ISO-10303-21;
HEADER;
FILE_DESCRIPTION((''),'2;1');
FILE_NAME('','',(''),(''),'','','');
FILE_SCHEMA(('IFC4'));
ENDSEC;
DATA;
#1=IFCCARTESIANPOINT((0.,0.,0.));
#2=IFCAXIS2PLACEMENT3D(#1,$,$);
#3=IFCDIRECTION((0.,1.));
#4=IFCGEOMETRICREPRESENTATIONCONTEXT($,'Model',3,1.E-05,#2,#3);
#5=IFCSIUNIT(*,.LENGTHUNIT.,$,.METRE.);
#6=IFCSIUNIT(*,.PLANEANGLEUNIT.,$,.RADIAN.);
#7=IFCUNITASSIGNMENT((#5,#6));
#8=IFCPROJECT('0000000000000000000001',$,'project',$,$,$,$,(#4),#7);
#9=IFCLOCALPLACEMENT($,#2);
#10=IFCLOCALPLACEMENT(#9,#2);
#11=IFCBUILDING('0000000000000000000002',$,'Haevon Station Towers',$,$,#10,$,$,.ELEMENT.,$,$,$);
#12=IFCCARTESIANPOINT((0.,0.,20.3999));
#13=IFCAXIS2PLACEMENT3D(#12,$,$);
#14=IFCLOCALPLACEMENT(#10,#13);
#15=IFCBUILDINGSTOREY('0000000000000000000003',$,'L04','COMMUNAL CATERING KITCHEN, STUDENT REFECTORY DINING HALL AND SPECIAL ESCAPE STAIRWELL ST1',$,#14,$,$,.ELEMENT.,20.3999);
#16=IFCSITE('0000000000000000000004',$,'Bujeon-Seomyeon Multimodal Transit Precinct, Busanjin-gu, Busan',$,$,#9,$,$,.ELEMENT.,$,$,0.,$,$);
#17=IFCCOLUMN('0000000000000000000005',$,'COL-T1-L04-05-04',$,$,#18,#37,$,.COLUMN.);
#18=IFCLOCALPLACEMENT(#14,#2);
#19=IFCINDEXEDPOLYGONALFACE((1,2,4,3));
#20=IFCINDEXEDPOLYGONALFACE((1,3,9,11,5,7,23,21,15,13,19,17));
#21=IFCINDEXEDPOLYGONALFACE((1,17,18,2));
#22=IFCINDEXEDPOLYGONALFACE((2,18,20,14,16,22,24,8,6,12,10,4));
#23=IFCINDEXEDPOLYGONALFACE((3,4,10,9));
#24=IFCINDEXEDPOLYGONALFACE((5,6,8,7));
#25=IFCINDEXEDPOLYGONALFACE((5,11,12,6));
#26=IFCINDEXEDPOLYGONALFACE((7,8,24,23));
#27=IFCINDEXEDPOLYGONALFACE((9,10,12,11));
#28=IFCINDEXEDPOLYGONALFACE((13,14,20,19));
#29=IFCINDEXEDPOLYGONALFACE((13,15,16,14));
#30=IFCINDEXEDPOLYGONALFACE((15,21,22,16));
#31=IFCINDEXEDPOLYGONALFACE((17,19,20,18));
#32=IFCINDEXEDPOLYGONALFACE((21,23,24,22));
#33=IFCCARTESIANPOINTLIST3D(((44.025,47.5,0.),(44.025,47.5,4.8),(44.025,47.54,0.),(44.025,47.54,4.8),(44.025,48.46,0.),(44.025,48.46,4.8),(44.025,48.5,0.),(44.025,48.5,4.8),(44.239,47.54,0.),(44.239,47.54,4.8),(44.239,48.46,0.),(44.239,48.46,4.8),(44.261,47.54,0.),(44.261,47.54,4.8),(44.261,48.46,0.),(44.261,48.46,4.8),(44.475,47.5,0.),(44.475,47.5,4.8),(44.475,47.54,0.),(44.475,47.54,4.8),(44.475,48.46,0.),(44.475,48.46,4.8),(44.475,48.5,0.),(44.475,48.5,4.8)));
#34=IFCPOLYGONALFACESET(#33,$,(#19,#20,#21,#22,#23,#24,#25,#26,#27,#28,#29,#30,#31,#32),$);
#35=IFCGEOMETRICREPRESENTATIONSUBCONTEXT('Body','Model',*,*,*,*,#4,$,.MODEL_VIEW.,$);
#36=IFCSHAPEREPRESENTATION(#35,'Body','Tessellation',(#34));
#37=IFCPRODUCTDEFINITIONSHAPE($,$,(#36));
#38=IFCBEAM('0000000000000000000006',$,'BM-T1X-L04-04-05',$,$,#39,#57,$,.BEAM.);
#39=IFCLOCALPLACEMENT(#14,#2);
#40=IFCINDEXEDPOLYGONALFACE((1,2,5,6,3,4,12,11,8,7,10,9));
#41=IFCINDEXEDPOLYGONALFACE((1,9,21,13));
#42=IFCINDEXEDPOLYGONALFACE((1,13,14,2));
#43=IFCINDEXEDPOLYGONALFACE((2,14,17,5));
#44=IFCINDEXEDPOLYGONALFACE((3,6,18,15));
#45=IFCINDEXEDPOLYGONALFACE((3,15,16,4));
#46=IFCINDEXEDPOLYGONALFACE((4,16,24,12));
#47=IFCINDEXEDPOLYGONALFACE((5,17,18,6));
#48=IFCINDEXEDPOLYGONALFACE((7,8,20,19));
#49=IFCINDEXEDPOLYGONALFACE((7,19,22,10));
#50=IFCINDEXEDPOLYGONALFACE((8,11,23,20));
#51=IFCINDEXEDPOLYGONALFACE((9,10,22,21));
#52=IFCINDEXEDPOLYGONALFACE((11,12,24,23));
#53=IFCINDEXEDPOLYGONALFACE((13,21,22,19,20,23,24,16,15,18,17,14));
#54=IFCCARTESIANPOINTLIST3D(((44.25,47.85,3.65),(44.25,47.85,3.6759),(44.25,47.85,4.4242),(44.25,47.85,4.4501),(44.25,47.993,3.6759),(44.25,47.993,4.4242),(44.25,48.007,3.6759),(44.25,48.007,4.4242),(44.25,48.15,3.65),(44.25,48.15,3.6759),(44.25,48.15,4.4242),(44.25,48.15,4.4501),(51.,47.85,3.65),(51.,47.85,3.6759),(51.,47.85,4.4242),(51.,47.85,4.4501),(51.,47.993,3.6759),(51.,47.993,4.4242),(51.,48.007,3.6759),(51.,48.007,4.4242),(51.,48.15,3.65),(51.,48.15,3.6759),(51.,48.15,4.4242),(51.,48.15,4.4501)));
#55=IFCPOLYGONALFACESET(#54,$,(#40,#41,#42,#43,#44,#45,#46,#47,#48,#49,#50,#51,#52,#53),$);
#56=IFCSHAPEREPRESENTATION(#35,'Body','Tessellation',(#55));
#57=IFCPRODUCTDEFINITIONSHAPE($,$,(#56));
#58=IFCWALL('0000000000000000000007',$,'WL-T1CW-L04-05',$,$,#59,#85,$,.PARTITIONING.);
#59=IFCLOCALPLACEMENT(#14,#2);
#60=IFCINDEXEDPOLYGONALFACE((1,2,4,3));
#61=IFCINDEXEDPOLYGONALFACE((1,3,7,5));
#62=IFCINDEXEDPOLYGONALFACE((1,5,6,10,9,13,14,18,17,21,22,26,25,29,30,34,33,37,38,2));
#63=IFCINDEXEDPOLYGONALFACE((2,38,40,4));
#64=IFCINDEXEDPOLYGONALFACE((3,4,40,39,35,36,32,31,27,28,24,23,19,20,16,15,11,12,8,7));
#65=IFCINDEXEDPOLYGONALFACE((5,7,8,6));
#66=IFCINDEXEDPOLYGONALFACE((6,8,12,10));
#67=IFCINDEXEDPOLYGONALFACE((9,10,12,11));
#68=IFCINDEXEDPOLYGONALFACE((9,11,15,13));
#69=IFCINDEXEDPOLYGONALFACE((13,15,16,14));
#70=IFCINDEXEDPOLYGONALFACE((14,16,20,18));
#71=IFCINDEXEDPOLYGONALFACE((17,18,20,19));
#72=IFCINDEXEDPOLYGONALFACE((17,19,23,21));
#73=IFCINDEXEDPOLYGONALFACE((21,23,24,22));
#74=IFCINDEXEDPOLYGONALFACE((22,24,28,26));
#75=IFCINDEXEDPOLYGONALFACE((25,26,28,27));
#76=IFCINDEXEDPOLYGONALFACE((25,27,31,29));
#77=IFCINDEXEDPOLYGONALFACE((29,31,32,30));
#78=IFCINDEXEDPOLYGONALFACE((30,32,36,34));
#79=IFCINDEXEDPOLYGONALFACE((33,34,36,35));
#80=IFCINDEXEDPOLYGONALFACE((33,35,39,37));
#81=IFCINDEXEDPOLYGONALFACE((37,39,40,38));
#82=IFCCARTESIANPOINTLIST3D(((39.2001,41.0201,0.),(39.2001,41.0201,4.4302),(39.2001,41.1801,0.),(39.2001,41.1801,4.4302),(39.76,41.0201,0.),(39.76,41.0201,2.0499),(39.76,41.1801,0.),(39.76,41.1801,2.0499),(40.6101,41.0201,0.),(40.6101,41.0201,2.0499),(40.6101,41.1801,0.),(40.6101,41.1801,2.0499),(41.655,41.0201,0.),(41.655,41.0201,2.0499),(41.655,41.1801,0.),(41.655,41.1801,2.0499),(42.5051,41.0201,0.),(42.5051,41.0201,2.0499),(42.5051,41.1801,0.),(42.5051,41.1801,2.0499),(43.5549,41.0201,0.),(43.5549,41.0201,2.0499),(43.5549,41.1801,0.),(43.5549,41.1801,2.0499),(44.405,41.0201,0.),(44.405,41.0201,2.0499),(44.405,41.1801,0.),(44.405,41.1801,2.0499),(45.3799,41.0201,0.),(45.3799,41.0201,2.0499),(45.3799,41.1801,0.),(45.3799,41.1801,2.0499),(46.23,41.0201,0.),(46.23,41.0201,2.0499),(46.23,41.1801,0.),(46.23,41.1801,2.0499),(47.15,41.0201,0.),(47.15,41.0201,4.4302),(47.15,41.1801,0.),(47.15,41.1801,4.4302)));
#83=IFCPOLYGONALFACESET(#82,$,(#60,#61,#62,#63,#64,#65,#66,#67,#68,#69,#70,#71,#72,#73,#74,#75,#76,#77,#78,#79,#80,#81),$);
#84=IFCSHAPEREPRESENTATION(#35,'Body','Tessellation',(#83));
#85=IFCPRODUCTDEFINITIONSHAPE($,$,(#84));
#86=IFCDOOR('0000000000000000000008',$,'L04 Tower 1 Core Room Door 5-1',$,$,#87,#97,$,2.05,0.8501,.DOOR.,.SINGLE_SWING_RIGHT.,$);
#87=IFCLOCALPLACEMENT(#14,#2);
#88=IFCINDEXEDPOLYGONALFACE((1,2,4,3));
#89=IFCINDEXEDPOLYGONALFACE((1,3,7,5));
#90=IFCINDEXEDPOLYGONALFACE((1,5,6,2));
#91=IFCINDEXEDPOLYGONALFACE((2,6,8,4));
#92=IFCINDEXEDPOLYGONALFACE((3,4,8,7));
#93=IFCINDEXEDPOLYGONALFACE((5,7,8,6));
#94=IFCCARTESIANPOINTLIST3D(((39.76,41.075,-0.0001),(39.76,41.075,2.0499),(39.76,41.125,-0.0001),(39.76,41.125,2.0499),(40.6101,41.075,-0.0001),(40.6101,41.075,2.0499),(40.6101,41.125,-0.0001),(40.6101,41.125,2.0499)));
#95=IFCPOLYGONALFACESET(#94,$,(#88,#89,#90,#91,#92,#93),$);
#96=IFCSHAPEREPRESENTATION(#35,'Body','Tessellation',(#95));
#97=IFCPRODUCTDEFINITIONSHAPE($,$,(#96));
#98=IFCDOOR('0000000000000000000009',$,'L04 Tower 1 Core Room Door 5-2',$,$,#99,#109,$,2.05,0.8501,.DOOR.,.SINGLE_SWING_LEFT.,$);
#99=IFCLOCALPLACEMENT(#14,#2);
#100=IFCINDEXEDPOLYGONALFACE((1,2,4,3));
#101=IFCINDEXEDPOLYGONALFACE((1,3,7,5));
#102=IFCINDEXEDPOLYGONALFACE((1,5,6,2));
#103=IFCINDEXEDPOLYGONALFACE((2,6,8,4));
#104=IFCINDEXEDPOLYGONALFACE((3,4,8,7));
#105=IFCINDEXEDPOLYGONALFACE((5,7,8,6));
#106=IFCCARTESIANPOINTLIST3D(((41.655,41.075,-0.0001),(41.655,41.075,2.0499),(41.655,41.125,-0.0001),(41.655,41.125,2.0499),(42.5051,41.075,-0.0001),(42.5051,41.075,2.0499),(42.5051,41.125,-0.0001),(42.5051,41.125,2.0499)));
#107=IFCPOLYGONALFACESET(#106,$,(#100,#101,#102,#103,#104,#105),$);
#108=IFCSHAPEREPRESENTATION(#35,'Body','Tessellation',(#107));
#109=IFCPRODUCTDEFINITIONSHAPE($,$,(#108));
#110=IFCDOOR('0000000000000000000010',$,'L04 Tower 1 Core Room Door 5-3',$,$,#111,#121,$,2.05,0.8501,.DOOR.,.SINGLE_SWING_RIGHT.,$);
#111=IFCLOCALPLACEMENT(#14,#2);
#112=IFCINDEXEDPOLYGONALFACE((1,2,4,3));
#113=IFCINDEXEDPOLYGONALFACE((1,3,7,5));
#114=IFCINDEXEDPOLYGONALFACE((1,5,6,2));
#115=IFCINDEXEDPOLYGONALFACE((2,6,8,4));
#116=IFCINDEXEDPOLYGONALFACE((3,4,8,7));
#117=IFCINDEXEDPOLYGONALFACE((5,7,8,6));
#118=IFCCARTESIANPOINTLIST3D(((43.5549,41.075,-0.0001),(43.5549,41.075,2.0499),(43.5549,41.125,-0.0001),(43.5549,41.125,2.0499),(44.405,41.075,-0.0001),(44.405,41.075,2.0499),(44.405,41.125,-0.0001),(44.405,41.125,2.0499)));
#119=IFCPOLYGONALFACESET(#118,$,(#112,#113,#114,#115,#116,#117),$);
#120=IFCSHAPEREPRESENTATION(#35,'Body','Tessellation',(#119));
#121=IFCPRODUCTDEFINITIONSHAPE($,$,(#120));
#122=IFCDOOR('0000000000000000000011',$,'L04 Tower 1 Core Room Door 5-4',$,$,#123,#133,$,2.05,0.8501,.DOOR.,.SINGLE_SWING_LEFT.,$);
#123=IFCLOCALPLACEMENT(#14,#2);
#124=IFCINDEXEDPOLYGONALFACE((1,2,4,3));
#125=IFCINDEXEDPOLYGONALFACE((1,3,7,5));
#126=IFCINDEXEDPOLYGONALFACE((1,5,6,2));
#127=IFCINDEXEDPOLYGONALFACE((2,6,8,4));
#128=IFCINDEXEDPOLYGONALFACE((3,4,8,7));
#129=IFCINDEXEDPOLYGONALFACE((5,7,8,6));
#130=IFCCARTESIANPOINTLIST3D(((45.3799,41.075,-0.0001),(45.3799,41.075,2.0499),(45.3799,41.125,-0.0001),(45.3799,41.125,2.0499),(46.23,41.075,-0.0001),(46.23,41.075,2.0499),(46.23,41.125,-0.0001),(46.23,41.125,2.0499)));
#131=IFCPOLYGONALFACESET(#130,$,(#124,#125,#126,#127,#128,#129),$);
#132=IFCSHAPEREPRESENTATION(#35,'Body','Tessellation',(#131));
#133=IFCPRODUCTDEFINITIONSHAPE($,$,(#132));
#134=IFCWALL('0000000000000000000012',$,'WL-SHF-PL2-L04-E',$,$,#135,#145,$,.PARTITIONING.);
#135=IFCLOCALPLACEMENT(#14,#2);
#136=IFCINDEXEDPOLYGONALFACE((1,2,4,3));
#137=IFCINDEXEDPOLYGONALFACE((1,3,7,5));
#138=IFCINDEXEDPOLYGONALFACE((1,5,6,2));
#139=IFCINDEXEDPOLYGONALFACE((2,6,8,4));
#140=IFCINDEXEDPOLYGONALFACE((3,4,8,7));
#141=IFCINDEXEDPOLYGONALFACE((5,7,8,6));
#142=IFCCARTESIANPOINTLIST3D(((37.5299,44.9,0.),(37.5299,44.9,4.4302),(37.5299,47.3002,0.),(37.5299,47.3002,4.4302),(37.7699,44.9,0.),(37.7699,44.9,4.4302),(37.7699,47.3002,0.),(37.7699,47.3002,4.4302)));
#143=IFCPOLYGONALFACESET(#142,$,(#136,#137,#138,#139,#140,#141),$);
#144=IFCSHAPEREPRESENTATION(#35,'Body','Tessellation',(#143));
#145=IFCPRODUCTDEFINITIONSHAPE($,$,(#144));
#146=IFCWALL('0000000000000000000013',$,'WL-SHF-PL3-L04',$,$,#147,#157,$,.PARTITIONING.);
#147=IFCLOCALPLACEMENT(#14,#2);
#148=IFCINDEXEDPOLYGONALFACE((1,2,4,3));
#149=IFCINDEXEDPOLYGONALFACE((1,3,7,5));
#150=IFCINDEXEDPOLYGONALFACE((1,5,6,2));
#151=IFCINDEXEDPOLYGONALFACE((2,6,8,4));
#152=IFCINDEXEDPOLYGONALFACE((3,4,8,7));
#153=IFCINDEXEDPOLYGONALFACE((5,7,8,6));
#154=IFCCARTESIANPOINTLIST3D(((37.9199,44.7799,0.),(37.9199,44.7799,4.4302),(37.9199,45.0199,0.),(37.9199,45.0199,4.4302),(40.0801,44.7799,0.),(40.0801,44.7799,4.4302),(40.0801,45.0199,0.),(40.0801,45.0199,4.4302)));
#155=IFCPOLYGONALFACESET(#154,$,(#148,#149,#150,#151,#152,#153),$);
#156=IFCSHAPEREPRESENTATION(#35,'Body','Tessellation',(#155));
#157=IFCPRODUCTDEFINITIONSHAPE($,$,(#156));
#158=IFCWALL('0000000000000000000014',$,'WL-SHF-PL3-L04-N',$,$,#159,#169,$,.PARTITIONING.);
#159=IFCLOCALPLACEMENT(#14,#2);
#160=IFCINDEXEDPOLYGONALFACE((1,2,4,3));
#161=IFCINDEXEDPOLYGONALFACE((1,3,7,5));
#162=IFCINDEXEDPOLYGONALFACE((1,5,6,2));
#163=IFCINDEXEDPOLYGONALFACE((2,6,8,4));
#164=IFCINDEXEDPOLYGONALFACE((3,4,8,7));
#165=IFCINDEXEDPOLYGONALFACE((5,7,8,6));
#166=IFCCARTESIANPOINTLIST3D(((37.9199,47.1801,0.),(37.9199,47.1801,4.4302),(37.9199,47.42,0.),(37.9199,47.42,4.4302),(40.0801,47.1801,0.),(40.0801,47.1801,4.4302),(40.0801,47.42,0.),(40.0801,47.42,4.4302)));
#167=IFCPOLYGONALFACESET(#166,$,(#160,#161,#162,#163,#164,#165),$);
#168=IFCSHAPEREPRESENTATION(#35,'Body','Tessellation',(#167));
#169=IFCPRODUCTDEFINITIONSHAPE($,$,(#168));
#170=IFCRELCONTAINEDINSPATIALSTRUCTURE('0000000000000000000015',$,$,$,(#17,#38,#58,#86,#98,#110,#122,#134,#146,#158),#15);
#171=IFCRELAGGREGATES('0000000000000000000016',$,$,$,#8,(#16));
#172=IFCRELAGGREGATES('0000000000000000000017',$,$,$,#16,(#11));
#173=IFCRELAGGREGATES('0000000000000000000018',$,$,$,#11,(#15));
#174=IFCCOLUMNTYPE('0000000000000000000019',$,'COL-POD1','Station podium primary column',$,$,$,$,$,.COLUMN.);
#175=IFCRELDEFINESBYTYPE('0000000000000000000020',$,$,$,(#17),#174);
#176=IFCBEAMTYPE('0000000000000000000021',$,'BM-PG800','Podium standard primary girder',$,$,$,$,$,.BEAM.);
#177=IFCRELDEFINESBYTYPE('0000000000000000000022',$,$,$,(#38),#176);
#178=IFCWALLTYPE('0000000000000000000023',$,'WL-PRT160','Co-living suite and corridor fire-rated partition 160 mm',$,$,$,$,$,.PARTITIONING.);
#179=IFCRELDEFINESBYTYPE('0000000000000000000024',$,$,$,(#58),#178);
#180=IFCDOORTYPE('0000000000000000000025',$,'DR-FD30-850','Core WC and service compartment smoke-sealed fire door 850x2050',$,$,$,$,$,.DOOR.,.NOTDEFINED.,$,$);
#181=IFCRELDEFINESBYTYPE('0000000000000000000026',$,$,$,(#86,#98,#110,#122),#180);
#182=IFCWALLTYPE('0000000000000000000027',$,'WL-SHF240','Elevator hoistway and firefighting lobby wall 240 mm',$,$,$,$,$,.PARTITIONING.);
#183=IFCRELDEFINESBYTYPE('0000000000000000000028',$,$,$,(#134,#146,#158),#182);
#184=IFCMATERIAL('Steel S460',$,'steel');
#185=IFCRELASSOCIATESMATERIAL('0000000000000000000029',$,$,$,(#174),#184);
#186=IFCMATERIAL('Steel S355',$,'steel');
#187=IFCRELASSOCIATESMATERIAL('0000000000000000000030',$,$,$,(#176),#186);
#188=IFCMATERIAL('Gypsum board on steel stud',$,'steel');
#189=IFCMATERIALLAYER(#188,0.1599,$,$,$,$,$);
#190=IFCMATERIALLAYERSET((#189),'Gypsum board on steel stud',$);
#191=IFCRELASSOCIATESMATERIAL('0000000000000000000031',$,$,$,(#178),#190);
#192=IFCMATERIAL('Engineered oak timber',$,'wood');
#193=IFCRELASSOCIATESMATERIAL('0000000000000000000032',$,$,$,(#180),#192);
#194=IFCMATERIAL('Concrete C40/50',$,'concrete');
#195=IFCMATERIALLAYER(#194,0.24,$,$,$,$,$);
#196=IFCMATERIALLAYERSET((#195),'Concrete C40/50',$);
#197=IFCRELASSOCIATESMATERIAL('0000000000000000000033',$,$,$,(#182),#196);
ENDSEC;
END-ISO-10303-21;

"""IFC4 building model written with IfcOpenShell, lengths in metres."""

from ifc_helpers import new_model, si_unit, direction, frame, frame_2d, origin, origin_2d, place, context, subcontext, project, spatial, rectangle, i_section, extrude, material, layer, layer_set, material_profile, profile_set, type_object, element, fill, save


model = new_model("IFC4")

# Units and contexts
model_context = context("Model", 3, precision=1e-05, world=origin(), true_north=direction((0.0, 1.0)))
body_context = subcontext(model_context, "Body", "Model", "MODEL_VIEW")
ifc_project = project(units=[si_unit("LENGTHUNIT", "METRE"), si_unit("PLANEANGLEUNIT", "RADIAN")], contexts=[model_context])

# Site, building, storey
site_placement = place(None, origin())
site = spatial("IfcSite", under=ifc_project, at=site_placement, Name="Bujeon-Seomyeon Multimodal Transit Precinct, Busanjin-gu, Busan", CompositionType="ELEMENT", RefElevation=0.0)
building_placement = place(site_placement, origin())
building = spatial("IfcBuilding", under=site, at=building_placement, Name="Haevon Station Towers", CompositionType="ELEMENT")
storey_placement = place(building_placement, frame((0.0, 0.0, 20.3999)))
storey = spatial("IfcBuildingStorey", under=building, at=storey_placement, Name="L04", Description="COMMUNAL CATERING KITCHEN, STUDENT REFECTORY DINING HALL AND SPECIAL ESCAPE STAIRWELL ST1", CompositionType="ELEMENT", Elevation=20.3999)

# Column
ifc_material_1 = material(Name="Steel S460", Category="steel")
ifc_material_profile_1 = material_profile(ifc_material_1, i_section(OverallWidth=0.45, OverallDepth=1.0, WebThickness=0.022, FlangeThickness=0.04, at=origin_2d()), Name="H-1000x450x22x40")
ifc_profile_set_1 = profile_set([ifc_material_profile_1], Name="Steel S460")
column_type = type_object("IfcColumnType", Name="COL-POD1", Description="Station podium primary column", PredefinedType="COLUMN", material=ifc_profile_set_1)
column_placement = place(storey_placement, frame((44.25, 48.0, 0.0), z_axis=(0.0, 0.0, 1.0), x_axis=(1.0, 0.0, 0.0)))
element("IfcColumn", 1, at=column_placement, inside=storey, type_object=column_type, Name="COL-T1-L04-05-04", PredefinedType="COLUMN", context=body_context, shape_type="SweptSolid", body=[
    extrude(i_section(OverallWidth=0.45, OverallDepth=1.0, WebThickness=0.022, FlangeThickness=0.04, at=origin_2d()), origin(), (0.0, 0.0, 1.0), 4.8),
])

# Beam
ifc_material_2 = material(Name="Steel S355", Category="steel")
ifc_material_profile_2 = material_profile(ifc_material_2, i_section(OverallWidth=0.3, OverallDepth=0.8, WebThickness=0.0139, FlangeThickness=0.0259, at=origin_2d()), Name="H-800x300x14x26")
ifc_profile_set_2 = profile_set([ifc_material_profile_2], Name="Steel S355")
beam_type = type_object("IfcBeamType", Name="BM-PG800", Description="Podium standard primary girder", PredefinedType="BEAM", material=ifc_profile_set_2)
beam_placement = place(storey_placement, frame((44.25, 48.0, 4.05), z_axis=(1.0, 0.0, 0.0), x_axis=(0.0, 1.0, 0.0)))
element("IfcBeam", 2, at=beam_placement, inside=storey, type_object=beam_type, Name="BM-T1X-L04-04-05", PredefinedType="BEAM", context=body_context, shape_type="SweptSolid", body=[
    extrude(i_section(OverallWidth=0.3, OverallDepth=0.8, WebThickness=0.0139, FlangeThickness=0.0259, at=origin_2d()), origin(), (0.0, 0.0, 1.0), 6.75),
])

# Wall, openings, doors
ifc_material_3 = material(Name="Gypsum board on steel stud", Category="steel")
ifc_layer_1 = layer(ifc_material_3, 0.1599)
ifc_layer_set_1 = layer_set([ifc_layer_1], Name="Gypsum board on steel stud")
wall_type_1 = type_object("IfcWallType", Name="WL-PRT160", Description="Co-living suite and corridor fire-rated partition 160 mm", PredefinedType="PARTITIONING", material=ifc_layer_set_1)
wall_1_placement = place(storey_placement, frame((39.2, 41.1001, 0.0), z_axis=(0.0, 0.0, 1.0), x_axis=(1.0, 0.0, 0.0)))
wall_1 = element("IfcWall", 3, at=wall_1_placement, inside=storey, type_object=wall_type_1, Name="WL-T1CW-L04-05", PredefinedType="PARTITIONING", context=body_context, shape_type="SweptSolid", body=[
    extrude(rectangle(XDim=7.95, YDim=0.1599, at=frame_2d((3.9751, 0.0))), origin(), (0.0, 0.0, 1.0), 4.4302),
])
opening_1_placement = place(wall_1_placement, frame((0.5601, 0.0, 0.0)))
opening_1 = element("IfcOpeningElement", 4, at=opening_1_placement, cuts=wall_1, PredefinedType="OPENING", context=body_context, shape_type="SweptSolid", body=[
    extrude(rectangle(XDim=0.8501, YDim=2.05, at=frame_2d((0.425, 1.0249))), frame((0.0, 0.0898, 0.0), z_axis=(0.0, -1.0, 0.0), x_axis=(1.0, 0.0, 0.0)), (0.0, 0.0, 1.0), 0.1799),
])
opening_2_placement = place(wall_1_placement, frame((2.4551, 0.0, 0.0)))
opening_2 = element("IfcOpeningElement", 5, at=opening_2_placement, cuts=wall_1, PredefinedType="OPENING", context=body_context, shape_type="SweptSolid", body=[
    extrude(rectangle(XDim=0.8501, YDim=2.05, at=frame_2d((0.425, 1.0249))), frame((0.0, 0.0898, 0.0), z_axis=(0.0, -1.0, 0.0), x_axis=(1.0, 0.0, 0.0)), (0.0, 0.0, 1.0), 0.1799),
])
opening_3_placement = place(wall_1_placement, frame((4.355, 0.0, 0.0)))
opening_3 = element("IfcOpeningElement", 6, at=opening_3_placement, cuts=wall_1, PredefinedType="OPENING", context=body_context, shape_type="SweptSolid", body=[
    extrude(rectangle(XDim=0.8501, YDim=2.05, at=frame_2d((0.425, 1.0249))), frame((0.0, 0.0898, 0.0), z_axis=(0.0, -1.0, 0.0), x_axis=(1.0, 0.0, 0.0)), (0.0, 0.0, 1.0), 0.1799),
])
opening_4_placement = place(wall_1_placement, frame((6.1799, 0.0, 0.0)))
opening_4 = element("IfcOpeningElement", 7, at=opening_4_placement, cuts=wall_1, PredefinedType="OPENING", context=body_context, shape_type="SweptSolid", body=[
    extrude(rectangle(XDim=0.8501, YDim=2.05, at=frame_2d((0.425, 1.0249))), frame((0.0, 0.0898, 0.0), z_axis=(0.0, -1.0, 0.0), x_axis=(1.0, 0.0, 0.0)), (0.0, 0.0, 1.0), 0.1799),
])
ifc_material_4 = material(Name="Engineered oak timber", Category="wood")
door_type = type_object("IfcDoorType", Name="DR-FD30-850", Description="Core WC and service compartment smoke-sealed fire door 850x2050", OperationType="NOTDEFINED", PredefinedType="DOOR", material=ifc_material_4)
door_1_placement = place(opening_1_placement, origin())
door_1 = element("IfcDoor", 8, at=door_1_placement, inside=storey, type_object=door_type, Name="L04 Tower 1 Core Room Door 5-1", OperationType="SINGLE_SWING_RIGHT", OverallHeight=2.05, OverallWidth=0.8501, PredefinedType="DOOR", context=body_context, shape_type="SweptSolid", body=[
    extrude(rectangle(XDim=0.8501, YDim=2.05, at=frame_2d((0.425, 1.0249))), frame((0.0, 0.0249, 0.0), z_axis=(0.0, -1.0, 0.0), x_axis=(1.0, 0.0, 0.0)), (0.0, 0.0, 1.0), 0.05),
])
fill(opening_1, door_1)
door_2_placement = place(opening_2_placement, origin())
door_2 = element("IfcDoor", 9, at=door_2_placement, inside=storey, type_object=door_type, Name="L04 Tower 1 Core Room Door 5-2", OperationType="SINGLE_SWING_LEFT", OverallHeight=2.05, OverallWidth=0.8501, PredefinedType="DOOR", context=body_context, shape_type="SweptSolid", body=[
    extrude(rectangle(XDim=0.8501, YDim=2.05, at=frame_2d((0.425, 1.0249))), frame((0.0, 0.0249, 0.0), z_axis=(0.0, -1.0, 0.0), x_axis=(1.0, 0.0, 0.0)), (0.0, 0.0, 1.0), 0.05),
])
fill(opening_2, door_2)
door_3_placement = place(opening_3_placement, origin())
door_3 = element("IfcDoor", 10, at=door_3_placement, inside=storey, type_object=door_type, Name="L04 Tower 1 Core Room Door 5-3", OperationType="SINGLE_SWING_RIGHT", OverallHeight=2.05, OverallWidth=0.8501, PredefinedType="DOOR", context=body_context, shape_type="SweptSolid", body=[
    extrude(rectangle(XDim=0.8501, YDim=2.05, at=frame_2d((0.425, 1.0249))), frame((0.0, 0.0249, 0.0), z_axis=(0.0, -1.0, 0.0), x_axis=(1.0, 0.0, 0.0)), (0.0, 0.0, 1.0), 0.05),
])
fill(opening_3, door_3)
door_4_placement = place(opening_4_placement, origin())
door_4 = element("IfcDoor", 11, at=door_4_placement, inside=storey, type_object=door_type, Name="L04 Tower 1 Core Room Door 5-4", OperationType="SINGLE_SWING_LEFT", OverallHeight=2.05, OverallWidth=0.8501, PredefinedType="DOOR", context=body_context, shape_type="SweptSolid", body=[
    extrude(rectangle(XDim=0.8501, YDim=2.05, at=frame_2d((0.425, 1.0249))), frame((0.0, 0.0249, 0.0), z_axis=(0.0, -1.0, 0.0), x_axis=(1.0, 0.0, 0.0)), (0.0, 0.0, 1.0), 0.05),
])
fill(opening_4, door_4)

# Walls
ifc_material_5 = material(Name="Concrete C40/50", Category="concrete")
ifc_layer_2 = layer(ifc_material_5, 0.24)
ifc_layer_set_2 = layer_set([ifc_layer_2], Name="Concrete C40/50")
wall_type_2 = type_object("IfcWallType", Name="WL-SHF240", Description="Elevator hoistway and firefighting lobby wall 240 mm", PredefinedType="PARTITIONING", material=ifc_layer_set_2)
wall_2_placement = place(storey_placement, frame((37.6499, 44.8999, 0.0), z_axis=(0.0, 0.0, 1.0), x_axis=(0.0, 1.0, 0.0)))
element("IfcWall", 12, at=wall_2_placement, inside=storey, type_object=wall_type_2, Name="WL-SHF-PL2-L04-E", PredefinedType="PARTITIONING", context=body_context, shape_type="SweptSolid", body=[
    extrude(rectangle(XDim=2.4001, YDim=0.24, at=frame_2d((1.2002, 0.0))), origin(), (0.0, 0.0, 1.0), 4.4302),
])
for number, where, z_axis, x_axis, name in (
    (13, (37.9199, 44.8999, 0.0), (0.0, 0.0, 1.0), (1.0, 0.0, 0.0), "WL-SHF-PL3-L04"),
    (14, (37.9199, 47.3, 0.0), (0.0, 0.0, 1.0), (1.0, 0.0, 0.0), "WL-SHF-PL3-L04-N"),
):
    element("IfcWall", number, at=place(storey_placement, frame(where, z_axis=z_axis, x_axis=x_axis)), inside=storey, type_object=wall_type_2, Name=name, PredefinedType="PARTITIONING", context=body_context, shape_type="SweptSolid", body=[
        extrude(rectangle(XDim=2.1602, YDim=0.24, at=frame_2d((1.0801, 0.0))), origin(), (0.0, 0.0, 1.0), 4.4302),
    ])

save(model, "model.ifc")
